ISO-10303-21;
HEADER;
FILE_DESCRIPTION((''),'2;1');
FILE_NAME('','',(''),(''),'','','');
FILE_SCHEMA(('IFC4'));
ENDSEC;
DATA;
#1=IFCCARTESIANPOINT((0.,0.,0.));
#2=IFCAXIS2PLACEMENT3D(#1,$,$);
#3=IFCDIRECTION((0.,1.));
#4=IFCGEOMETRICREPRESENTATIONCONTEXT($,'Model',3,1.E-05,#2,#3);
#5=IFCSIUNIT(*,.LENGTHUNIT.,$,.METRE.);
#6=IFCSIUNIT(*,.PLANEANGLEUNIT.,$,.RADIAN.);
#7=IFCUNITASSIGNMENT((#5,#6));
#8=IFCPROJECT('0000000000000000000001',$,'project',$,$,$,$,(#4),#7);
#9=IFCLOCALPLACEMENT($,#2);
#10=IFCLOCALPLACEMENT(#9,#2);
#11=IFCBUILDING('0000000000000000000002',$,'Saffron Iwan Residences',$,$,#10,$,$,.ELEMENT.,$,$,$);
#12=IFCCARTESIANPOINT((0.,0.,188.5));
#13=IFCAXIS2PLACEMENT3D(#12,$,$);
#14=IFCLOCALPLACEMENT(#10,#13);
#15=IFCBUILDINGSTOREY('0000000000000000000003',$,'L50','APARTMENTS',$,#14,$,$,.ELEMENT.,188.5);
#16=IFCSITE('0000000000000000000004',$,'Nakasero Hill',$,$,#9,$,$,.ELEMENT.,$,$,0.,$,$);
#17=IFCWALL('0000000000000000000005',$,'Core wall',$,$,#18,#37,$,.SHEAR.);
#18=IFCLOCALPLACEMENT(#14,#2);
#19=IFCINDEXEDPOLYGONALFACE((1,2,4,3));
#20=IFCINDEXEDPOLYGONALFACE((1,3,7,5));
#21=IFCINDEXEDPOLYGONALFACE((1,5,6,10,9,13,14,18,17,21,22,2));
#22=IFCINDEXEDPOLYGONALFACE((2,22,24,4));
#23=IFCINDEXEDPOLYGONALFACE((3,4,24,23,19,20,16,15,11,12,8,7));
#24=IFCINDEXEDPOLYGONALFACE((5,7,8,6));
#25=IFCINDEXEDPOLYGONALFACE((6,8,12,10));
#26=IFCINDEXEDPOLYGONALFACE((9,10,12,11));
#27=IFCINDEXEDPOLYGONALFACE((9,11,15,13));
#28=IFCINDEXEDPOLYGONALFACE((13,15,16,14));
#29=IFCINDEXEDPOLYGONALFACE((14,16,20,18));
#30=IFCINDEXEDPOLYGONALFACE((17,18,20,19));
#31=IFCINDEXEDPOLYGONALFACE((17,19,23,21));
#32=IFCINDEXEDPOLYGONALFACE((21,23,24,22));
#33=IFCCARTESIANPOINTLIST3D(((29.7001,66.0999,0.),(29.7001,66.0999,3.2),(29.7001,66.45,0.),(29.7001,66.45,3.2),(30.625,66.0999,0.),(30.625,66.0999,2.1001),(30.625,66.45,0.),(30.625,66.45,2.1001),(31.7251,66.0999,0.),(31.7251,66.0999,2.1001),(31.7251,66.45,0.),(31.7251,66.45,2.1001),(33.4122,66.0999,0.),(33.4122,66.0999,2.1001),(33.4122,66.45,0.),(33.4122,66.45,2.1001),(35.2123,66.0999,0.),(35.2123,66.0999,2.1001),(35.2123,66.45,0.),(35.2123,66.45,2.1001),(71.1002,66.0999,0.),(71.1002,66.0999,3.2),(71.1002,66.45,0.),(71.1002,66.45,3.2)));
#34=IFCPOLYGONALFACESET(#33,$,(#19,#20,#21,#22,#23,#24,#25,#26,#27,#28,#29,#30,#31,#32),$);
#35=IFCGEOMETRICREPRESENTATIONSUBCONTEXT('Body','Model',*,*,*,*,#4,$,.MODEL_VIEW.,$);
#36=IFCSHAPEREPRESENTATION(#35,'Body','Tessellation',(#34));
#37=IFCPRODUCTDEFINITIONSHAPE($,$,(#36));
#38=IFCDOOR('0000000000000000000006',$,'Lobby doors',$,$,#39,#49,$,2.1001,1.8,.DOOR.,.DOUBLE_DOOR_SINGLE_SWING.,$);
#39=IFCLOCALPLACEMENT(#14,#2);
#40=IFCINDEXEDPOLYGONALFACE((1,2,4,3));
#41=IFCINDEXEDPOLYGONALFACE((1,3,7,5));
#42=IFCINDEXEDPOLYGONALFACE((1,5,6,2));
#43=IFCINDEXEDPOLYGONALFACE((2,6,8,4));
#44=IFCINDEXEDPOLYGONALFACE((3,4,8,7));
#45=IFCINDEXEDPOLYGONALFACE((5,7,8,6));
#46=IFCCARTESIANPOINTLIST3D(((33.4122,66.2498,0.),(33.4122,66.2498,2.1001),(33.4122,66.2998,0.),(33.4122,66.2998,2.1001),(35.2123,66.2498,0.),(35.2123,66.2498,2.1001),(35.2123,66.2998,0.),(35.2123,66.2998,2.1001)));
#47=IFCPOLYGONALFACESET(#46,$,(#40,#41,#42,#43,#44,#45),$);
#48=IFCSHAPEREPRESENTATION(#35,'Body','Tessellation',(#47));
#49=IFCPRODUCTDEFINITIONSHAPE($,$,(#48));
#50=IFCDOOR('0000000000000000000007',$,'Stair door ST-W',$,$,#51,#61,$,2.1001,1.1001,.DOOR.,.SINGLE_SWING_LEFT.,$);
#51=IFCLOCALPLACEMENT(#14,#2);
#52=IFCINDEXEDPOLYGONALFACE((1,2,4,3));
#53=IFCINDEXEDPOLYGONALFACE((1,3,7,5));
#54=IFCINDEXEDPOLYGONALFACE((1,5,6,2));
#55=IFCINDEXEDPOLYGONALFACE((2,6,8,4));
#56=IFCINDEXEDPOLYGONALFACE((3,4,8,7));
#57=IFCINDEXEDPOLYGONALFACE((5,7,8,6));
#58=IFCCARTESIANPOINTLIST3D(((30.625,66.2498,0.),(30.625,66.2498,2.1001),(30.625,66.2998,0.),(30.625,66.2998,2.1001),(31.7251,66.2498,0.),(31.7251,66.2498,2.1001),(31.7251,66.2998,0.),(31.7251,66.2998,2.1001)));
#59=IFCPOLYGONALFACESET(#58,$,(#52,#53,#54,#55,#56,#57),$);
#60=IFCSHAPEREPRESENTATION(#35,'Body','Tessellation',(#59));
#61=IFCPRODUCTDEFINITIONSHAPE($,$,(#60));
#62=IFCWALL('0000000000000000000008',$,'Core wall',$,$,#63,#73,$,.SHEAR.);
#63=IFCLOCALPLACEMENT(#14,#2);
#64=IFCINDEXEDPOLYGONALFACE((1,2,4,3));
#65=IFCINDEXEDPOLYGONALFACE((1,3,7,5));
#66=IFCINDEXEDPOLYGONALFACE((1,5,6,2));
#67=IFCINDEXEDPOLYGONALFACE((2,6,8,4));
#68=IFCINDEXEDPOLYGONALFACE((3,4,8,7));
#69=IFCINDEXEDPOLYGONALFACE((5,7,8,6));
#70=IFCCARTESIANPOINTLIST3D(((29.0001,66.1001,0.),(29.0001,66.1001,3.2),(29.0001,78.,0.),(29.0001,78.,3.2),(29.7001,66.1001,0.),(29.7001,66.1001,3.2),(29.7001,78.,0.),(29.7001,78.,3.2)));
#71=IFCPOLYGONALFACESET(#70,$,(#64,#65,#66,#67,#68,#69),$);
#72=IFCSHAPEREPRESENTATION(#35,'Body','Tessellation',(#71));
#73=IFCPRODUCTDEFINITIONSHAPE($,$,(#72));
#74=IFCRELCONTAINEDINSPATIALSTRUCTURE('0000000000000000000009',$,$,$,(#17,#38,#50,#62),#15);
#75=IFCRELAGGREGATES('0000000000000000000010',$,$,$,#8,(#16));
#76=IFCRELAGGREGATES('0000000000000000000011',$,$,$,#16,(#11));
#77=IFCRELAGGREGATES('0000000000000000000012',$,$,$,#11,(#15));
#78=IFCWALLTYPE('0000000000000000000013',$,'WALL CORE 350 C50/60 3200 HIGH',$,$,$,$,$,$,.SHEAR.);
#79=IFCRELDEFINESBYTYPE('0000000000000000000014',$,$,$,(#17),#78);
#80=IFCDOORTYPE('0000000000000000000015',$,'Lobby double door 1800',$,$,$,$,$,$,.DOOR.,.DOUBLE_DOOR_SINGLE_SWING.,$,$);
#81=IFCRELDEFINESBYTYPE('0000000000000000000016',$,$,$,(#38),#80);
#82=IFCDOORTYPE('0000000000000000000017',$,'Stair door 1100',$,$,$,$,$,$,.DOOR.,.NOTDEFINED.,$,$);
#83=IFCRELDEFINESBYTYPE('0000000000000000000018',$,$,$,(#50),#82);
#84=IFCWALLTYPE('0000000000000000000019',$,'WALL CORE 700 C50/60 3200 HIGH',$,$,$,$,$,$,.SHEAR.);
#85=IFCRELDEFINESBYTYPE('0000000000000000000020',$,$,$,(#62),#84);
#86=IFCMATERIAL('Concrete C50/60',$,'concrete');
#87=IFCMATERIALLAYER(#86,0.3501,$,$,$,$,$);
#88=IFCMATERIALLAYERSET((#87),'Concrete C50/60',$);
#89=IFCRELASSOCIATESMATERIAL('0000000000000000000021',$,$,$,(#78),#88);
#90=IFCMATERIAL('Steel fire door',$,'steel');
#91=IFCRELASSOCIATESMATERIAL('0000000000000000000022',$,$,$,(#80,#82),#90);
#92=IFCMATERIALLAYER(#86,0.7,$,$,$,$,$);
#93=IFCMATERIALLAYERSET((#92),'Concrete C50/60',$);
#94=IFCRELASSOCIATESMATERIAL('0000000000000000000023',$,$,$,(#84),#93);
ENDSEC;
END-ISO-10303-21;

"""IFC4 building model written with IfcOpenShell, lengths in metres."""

from ifc_helpers import new_model, si_unit, direction, frame, frame_2d, origin, place, context, subcontext, project, spatial, rectangle, extrude, material, layer, layer_set, type_object, element, fill, save


model = new_model("IFC4")

# Units and contexts
model_context = context("Model", 3, precision=1e-05, world=origin(), true_north=direction((0.0, 1.0)))
body_context = subcontext(model_context, "Body", "Model", "MODEL_VIEW")
ifc_project = project(units=[si_unit("LENGTHUNIT", "METRE"), si_unit("PLANEANGLEUNIT", "RADIAN")], contexts=[model_context])

# Site, building, storey
site_placement = place(None, origin())
site = spatial("IfcSite", under=ifc_project, at=site_placement, Name="Nakasero Hill", CompositionType="ELEMENT", RefElevation=0.0)
building_placement = place(site_placement, origin())
building = spatial("IfcBuilding", under=site, at=building_placement, Name="Saffron Iwan Residences", CompositionType="ELEMENT")
storey_placement = place(building_placement, frame((0.0, 0.0, 188.5)))
storey = spatial("IfcBuildingStorey", under=building, at=storey_placement, Name="L50", Description="APARTMENTS", CompositionType="ELEMENT", Elevation=188.5)

# Shared definitions
ifc_material_1 = material(Name="Concrete C50/60", Category="concrete")

# Wall, openings, doors
ifc_layer_1 = layer(ifc_material_1, 0.3501)
ifc_layer_set_1 = layer_set([ifc_layer_1], Name="Concrete C50/60")
wall_type_1 = type_object("IfcWallType", Name="WALL CORE 350 C50/60 3200 HIGH", PredefinedType="SHEAR", material=ifc_layer_set_1)
wall_1_placement = place(storey_placement, frame((29.7, 66.2749, 0.0), z_axis=(0.0, 0.0, 1.0), x_axis=(1.0, 0.0, 0.0)))
wall_1 = element("IfcWall", 1, at=wall_1_placement, inside=storey, type_object=wall_type_1, Name="Core wall", PredefinedType="SHEAR", context=body_context, shape_type="SweptSolid", body=[
    extrude(rectangle(XDim=41.4001, YDim=0.3501, at=frame_2d((20.7002, 0.0))), origin(), (0.0, 0.0, 1.0), 3.2),
])
opening_1_placement = place(wall_1_placement, frame((0.925, 0.0, 0.0)))
opening_1 = element("IfcOpeningElement", 2, at=opening_1_placement, cuts=wall_1, PredefinedType="OPENING", context=body_context, shape_type="SweptSolid", body=[
    extrude(rectangle(XDim=1.1001, YDim=2.1001, at=frame_2d((0.55, 1.05))), frame((0.0, 0.1851, 0.0), z_axis=(0.0, -1.0, 0.0), x_axis=(1.0, 0.0, 0.0)), (0.0, 0.0, 1.0), 0.3701),
])
opening_2_placement = place(wall_1_placement, frame((3.7124, 0.0, 0.0)))
opening_2 = element("IfcOpeningElement", 3, at=opening_2_placement, cuts=wall_1, PredefinedType="OPENING", context=body_context, shape_type="SweptSolid", body=[
    extrude(rectangle(XDim=1.8, YDim=2.1001, at=frame_2d((0.8999, 1.05))), frame((0.0, 0.1851, 0.0), z_axis=(0.0, -1.0, 0.0), x_axis=(1.0, 0.0, 0.0)), (0.0, 0.0, 1.0), 0.3701),
])
ifc_material_2 = material(Name="Steel fire door", Category="steel")
door_type_1 = type_object("IfcDoorType", Name="Lobby double door 1800", OperationType="DOUBLE_DOOR_SINGLE_SWING", PredefinedType="DOOR", material=ifc_material_2)
door_1_placement = place(opening_2_placement, origin())
door_1 = element("IfcDoor", 4, at=door_1_placement, inside=storey, type_object=door_type_1, Name="Lobby doors", OperationType="DOUBLE_DOOR_SINGLE_SWING", OverallHeight=2.1001, OverallWidth=1.8, PredefinedType="DOOR", context=body_context, shape_type="SweptSolid", body=[
    extrude(rectangle(XDim=1.8, YDim=2.1001, at=frame_2d((0.8999, 1.05))), frame((0.0, 0.0249, 0.0), z_axis=(0.0, -1.0, 0.0), x_axis=(1.0, 0.0, 0.0)), (0.0, 0.0, 1.0), 0.05),
])
fill(opening_2, door_1)
door_type_2 = type_object("IfcDoorType", Name="Stair door 1100", OperationType="NOTDEFINED", PredefinedType="DOOR", material=ifc_material_2)
door_2_placement = place(opening_1_placement, origin())
door_2 = element("IfcDoor", 5, at=door_2_placement, inside=storey, type_object=door_type_2, Name="Stair door ST-W", OperationType="SINGLE_SWING_LEFT", OverallHeight=2.1001, OverallWidth=1.1001, PredefinedType="DOOR", context=body_context, shape_type="SweptSolid", body=[
    extrude(rectangle(XDim=1.1001, YDim=2.1001, at=frame_2d((0.55, 1.05))), frame((0.0, 0.0249, 0.0), z_axis=(0.0, -1.0, 0.0), x_axis=(1.0, 0.0, 0.0)), (0.0, 0.0, 1.0), 0.05),
])
fill(opening_1, door_2)

# Wall
ifc_layer_2 = layer(ifc_material_1, 0.7)
ifc_layer_set_2 = layer_set([ifc_layer_2], Name="Concrete C50/60")
wall_type_2 = type_object("IfcWallType", Name="WALL CORE 700 C50/60 3200 HIGH", PredefinedType="SHEAR", material=ifc_layer_set_2)
wall_2_placement = place(storey_placement, frame((29.3501, 66.1001, 0.0), z_axis=(0.0, 0.0, 1.0), x_axis=(0.0, 1.0, 0.0)))
element("IfcWall", 6, at=wall_2_placement, inside=storey, type_object=wall_type_2, Name="Core wall", PredefinedType="SHEAR", context=body_context, shape_type="SweptSolid", body=[
    extrude(rectangle(XDim=11.8999, YDim=0.7, at=frame_2d((5.95, 0.0))), origin(), (0.0, 0.0, 1.0), 3.2),
])

save(model, "model.ifc")
